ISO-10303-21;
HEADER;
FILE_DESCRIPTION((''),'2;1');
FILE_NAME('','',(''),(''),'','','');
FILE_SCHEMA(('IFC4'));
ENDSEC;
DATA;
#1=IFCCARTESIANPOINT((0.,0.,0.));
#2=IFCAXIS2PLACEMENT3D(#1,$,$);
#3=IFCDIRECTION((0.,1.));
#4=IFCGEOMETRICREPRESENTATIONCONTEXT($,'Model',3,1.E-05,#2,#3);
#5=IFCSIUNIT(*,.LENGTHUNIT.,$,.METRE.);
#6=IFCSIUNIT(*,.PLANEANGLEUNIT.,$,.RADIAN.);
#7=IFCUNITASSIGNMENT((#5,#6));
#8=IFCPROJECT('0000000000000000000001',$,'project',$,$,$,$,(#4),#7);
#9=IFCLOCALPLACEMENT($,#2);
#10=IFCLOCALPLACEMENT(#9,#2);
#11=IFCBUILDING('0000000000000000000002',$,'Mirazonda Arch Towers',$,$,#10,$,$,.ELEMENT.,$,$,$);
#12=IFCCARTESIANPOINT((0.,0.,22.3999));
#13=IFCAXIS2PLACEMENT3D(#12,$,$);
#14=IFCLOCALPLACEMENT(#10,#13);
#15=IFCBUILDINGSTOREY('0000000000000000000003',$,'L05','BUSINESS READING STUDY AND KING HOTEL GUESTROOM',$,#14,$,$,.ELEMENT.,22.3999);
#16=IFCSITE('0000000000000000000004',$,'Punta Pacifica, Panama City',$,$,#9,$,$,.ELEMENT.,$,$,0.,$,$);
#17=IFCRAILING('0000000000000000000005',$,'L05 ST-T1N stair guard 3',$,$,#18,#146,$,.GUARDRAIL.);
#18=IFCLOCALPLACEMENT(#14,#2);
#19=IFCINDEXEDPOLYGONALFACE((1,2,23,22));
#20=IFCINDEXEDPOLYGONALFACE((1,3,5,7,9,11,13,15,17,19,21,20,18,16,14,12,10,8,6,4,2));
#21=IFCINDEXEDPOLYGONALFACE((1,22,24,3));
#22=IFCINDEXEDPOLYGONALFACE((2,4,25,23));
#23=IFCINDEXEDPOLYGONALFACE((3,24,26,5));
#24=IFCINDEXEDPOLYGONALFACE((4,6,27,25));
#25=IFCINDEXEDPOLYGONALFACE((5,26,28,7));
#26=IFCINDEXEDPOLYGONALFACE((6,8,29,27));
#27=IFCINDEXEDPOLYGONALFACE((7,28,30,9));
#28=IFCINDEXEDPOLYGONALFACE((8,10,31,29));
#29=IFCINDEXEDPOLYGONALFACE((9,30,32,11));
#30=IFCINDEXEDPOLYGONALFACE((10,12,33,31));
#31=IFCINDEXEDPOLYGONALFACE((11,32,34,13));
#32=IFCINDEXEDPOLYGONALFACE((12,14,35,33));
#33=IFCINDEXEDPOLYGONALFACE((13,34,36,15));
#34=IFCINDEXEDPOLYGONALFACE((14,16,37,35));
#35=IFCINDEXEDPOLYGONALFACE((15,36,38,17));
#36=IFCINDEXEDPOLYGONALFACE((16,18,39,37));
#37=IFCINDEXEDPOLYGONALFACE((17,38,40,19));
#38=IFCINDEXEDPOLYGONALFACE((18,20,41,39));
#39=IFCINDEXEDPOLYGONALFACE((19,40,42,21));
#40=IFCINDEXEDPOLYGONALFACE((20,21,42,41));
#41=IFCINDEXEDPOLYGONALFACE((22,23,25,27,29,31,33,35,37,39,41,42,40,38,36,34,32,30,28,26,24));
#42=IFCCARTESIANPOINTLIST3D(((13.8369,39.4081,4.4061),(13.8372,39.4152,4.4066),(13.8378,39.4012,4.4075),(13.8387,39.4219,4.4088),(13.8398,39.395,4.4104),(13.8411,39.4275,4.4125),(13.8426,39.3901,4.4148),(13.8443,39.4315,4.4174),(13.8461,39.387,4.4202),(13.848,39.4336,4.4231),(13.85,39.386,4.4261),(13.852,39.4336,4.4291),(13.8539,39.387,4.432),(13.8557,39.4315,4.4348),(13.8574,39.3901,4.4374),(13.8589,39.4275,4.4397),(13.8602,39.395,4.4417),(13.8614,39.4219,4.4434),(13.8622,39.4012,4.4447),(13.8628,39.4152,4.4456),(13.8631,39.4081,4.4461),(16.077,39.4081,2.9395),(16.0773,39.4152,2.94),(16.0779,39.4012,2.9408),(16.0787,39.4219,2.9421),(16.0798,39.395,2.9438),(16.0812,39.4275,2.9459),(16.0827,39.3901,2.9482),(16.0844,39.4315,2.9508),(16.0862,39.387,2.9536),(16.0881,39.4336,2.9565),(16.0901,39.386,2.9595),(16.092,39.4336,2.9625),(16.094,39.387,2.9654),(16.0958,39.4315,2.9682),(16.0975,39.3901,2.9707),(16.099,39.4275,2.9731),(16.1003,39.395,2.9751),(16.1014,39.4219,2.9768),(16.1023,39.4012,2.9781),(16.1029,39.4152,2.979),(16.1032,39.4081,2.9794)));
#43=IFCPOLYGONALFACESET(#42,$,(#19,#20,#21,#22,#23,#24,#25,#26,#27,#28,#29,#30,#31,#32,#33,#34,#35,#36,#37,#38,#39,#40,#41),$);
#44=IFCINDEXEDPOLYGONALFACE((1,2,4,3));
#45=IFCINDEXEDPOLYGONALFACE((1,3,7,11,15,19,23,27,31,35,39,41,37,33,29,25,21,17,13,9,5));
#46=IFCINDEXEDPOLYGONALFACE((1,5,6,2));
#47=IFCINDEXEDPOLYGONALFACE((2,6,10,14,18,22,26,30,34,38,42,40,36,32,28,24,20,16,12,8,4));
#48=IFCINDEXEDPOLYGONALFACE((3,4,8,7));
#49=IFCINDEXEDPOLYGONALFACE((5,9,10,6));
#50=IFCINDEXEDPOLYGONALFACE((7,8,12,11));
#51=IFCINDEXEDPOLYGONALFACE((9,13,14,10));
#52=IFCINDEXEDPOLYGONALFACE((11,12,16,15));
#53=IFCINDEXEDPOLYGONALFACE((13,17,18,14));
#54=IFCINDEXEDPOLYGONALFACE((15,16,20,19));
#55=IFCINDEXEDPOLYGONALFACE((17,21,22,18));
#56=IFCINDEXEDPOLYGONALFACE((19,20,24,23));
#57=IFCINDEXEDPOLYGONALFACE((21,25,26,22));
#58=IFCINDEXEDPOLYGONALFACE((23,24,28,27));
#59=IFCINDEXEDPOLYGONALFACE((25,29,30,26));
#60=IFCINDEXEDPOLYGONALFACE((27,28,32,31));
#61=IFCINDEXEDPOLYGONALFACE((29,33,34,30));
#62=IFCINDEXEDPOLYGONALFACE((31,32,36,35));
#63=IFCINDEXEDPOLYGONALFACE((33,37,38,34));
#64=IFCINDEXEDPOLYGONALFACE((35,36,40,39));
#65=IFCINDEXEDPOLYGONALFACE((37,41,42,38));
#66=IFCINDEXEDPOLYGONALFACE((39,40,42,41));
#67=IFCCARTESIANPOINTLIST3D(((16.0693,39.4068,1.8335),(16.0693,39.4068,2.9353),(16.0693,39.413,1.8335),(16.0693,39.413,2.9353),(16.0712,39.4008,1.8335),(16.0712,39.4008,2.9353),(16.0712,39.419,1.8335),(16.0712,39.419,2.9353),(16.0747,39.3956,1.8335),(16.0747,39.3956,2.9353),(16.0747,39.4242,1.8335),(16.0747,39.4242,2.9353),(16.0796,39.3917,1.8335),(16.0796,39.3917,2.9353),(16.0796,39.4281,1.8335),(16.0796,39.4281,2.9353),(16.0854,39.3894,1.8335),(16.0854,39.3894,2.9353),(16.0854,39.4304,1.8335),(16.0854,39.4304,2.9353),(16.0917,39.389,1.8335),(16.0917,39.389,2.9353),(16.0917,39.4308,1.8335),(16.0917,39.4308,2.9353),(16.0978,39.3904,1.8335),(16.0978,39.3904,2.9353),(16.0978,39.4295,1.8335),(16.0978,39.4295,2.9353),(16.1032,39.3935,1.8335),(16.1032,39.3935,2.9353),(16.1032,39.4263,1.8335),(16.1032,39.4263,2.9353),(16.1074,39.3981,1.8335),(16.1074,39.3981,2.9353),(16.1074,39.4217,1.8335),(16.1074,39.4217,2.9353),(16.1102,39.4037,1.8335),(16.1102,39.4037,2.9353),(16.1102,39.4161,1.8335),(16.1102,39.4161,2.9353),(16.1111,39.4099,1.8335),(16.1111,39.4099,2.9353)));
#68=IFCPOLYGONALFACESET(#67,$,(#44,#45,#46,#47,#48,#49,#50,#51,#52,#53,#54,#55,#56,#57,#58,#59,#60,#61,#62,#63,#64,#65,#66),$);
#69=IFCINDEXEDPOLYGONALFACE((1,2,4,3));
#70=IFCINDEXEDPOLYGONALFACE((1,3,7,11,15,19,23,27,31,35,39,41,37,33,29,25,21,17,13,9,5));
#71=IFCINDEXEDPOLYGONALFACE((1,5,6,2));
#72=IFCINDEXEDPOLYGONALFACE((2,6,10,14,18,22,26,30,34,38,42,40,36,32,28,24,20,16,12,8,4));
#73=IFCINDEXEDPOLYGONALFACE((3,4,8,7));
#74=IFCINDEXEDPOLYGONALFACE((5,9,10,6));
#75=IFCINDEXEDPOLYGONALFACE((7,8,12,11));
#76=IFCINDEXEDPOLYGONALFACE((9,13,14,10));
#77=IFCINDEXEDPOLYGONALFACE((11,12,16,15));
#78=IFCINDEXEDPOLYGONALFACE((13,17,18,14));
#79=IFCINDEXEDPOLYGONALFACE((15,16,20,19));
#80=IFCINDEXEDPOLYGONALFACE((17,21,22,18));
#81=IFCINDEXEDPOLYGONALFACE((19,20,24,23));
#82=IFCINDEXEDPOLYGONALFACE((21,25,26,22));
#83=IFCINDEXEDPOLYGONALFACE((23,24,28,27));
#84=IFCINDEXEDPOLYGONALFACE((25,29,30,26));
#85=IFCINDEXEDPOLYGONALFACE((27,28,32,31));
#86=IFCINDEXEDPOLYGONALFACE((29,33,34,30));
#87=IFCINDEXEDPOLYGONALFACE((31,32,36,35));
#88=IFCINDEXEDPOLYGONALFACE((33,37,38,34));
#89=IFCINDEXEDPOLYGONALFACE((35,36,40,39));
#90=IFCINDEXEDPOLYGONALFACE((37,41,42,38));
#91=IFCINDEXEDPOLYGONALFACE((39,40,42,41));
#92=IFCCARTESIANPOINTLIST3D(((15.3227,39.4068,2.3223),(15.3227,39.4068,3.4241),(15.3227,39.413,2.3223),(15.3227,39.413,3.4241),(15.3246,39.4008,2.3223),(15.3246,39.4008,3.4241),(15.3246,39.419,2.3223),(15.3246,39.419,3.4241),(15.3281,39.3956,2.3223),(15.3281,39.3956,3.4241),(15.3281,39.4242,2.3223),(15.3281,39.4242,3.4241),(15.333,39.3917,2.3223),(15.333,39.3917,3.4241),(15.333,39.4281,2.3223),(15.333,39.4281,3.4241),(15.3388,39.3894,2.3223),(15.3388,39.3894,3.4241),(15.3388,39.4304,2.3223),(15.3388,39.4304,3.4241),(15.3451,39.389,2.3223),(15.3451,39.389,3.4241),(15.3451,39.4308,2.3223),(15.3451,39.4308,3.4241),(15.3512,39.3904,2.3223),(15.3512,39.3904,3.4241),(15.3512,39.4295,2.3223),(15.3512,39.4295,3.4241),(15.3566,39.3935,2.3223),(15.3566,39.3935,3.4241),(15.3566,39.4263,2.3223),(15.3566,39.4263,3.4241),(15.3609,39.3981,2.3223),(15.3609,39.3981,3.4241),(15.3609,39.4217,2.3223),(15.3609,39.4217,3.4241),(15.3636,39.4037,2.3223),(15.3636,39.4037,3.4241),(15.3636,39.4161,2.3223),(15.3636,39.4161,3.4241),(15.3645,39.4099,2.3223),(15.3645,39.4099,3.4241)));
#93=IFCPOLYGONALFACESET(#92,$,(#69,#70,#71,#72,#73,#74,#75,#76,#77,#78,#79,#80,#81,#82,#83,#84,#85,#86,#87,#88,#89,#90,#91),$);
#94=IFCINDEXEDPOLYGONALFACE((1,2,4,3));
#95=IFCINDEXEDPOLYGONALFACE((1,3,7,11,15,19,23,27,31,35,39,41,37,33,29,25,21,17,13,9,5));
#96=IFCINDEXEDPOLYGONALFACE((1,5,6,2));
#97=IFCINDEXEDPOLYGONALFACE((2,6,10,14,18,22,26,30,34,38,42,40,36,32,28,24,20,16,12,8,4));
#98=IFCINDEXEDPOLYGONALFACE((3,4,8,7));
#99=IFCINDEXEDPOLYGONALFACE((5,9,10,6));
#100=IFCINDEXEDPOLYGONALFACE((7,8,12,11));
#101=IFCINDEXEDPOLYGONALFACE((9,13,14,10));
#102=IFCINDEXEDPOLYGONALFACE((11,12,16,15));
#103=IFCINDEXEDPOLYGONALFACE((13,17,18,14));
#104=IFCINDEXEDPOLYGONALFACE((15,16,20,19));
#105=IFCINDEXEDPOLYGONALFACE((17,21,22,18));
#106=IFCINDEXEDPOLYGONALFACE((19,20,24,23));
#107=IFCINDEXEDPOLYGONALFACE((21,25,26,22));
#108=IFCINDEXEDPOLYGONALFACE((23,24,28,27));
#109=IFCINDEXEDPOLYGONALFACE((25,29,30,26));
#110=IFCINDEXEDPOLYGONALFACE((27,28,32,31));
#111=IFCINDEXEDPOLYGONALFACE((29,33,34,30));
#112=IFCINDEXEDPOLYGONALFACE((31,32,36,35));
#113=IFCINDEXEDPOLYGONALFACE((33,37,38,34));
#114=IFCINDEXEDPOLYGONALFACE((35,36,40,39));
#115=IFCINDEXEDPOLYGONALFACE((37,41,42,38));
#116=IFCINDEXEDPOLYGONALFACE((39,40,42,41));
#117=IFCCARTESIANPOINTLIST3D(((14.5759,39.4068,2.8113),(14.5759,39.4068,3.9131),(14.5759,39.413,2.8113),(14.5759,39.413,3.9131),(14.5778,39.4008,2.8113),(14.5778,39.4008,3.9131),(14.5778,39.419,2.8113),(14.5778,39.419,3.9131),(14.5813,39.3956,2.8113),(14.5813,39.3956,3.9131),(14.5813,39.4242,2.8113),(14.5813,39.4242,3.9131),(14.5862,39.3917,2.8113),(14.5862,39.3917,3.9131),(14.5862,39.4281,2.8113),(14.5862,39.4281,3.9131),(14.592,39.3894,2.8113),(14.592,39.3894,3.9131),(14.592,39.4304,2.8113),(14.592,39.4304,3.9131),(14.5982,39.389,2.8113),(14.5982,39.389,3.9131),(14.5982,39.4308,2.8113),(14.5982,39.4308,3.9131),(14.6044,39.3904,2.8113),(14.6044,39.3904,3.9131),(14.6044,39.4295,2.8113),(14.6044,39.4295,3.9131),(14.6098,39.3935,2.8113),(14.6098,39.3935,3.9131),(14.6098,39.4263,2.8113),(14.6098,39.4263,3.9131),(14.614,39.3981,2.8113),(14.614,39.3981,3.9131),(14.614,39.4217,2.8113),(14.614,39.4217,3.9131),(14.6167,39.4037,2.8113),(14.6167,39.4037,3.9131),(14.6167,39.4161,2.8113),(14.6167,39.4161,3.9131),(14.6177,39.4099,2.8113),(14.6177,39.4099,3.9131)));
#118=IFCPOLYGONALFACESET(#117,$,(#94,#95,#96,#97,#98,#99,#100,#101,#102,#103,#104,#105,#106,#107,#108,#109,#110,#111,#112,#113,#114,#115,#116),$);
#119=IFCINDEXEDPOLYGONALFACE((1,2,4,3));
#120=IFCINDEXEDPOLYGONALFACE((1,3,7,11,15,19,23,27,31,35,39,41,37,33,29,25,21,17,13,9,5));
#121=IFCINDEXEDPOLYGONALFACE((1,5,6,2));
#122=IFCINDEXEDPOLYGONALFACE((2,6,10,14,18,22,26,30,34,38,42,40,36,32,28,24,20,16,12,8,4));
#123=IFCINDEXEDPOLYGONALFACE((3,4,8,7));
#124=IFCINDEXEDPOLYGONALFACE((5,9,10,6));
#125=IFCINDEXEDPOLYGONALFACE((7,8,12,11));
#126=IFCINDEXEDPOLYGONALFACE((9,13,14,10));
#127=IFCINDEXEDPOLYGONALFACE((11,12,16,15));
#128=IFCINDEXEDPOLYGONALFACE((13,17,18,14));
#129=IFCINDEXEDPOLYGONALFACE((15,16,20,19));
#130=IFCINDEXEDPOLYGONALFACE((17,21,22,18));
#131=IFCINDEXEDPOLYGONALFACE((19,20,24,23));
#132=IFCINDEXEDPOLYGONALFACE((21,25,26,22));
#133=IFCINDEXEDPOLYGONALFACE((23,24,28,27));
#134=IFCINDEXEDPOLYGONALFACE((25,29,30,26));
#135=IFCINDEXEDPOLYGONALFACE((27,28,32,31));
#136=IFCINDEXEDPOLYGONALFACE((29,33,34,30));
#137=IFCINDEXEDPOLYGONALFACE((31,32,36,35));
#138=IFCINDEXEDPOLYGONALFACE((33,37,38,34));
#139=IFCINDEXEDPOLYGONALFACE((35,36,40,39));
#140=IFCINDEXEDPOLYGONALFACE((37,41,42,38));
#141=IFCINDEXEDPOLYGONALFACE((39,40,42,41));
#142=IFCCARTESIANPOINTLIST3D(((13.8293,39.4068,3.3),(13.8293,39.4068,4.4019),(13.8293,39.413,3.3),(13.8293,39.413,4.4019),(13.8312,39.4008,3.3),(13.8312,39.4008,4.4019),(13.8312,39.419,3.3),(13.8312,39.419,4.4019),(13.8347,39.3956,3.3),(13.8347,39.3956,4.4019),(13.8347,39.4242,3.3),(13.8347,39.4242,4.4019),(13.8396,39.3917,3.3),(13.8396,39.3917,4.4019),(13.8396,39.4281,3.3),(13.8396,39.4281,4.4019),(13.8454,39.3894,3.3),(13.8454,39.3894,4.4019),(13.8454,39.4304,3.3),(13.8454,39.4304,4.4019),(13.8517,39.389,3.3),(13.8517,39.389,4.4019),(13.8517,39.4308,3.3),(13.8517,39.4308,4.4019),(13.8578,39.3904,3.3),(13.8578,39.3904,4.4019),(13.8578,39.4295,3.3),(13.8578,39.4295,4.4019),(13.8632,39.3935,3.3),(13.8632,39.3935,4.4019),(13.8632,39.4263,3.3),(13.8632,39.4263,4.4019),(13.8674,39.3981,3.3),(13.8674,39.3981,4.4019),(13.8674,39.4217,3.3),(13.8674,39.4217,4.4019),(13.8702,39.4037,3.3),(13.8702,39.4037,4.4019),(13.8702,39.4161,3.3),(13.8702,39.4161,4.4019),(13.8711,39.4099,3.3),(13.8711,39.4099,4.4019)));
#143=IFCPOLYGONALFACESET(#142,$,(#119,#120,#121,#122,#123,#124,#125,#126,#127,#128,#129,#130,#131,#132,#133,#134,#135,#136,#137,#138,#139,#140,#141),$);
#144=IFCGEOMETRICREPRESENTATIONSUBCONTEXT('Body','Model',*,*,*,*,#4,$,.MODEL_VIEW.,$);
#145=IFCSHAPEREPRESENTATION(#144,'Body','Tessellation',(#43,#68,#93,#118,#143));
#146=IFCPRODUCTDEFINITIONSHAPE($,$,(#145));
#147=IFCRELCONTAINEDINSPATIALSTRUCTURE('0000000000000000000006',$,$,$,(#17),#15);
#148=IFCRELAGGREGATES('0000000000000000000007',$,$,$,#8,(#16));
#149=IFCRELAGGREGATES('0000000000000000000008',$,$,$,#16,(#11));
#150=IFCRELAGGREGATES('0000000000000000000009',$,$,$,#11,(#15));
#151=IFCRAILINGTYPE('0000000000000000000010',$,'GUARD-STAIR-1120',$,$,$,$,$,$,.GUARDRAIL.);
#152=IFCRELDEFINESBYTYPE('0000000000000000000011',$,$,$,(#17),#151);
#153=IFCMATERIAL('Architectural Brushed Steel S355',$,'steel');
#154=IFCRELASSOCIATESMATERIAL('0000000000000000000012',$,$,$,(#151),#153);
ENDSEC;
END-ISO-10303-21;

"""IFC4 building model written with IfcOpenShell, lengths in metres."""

from ifc_helpers import new_model, si_unit, direction, frame, origin, origin_2d, place, context, subcontext, project, spatial, circle, extrude, material, type_object, element, save


model = new_model("IFC4")

# Units and contexts
model_context = context("Model", 3, precision=1e-05, world=origin(), true_north=direction((0.0, 1.0)))
body_context = subcontext(model_context, "Body", "Model", "MODEL_VIEW")
ifc_project = project(units=[si_unit("LENGTHUNIT", "METRE"), si_unit("PLANEANGLEUNIT", "RADIAN")], contexts=[model_context])

# Site, building, storey
site_placement = place(None, origin())
site = spatial("IfcSite", under=ifc_project, at=site_placement, Name="Punta Pacifica, Panama City", CompositionType="ELEMENT", RefElevation=0.0)
building_placement = place(site_placement, origin())
building = spatial("IfcBuilding", under=site, at=building_placement, Name="Mirazonda Arch Towers", CompositionType="ELEMENT")
storey_placement = place(building_placement, frame((0.0, 0.0, 22.3999)))
storey = spatial("IfcBuildingStorey", under=building, at=storey_placement, Name="L05", Description="BUSINESS READING STUDY AND KING HOTEL GUESTROOM", CompositionType="ELEMENT", Elevation=22.3999)

# Shared definitions
ifc_material_1 = material(Name="Architectural Brushed Steel S355", Category="steel")

# Railing
railing_type_1 = type_object("IfcRailingType", Name="GUARD-STAIR-1120", PredefinedType="GUARDRAIL", material=ifc_material_1)
railing_1_placement = place(storey_placement, frame((16.0901, 39.4099, 1.8335)))
element("IfcRailing", 1, at=railing_1_placement, inside=storey, type_object=railing_type_1, Name="L05 ST-T1N stair guard 3", PredefinedType="GUARDRAIL", context=body_context, shape_type="SweptSolid", body=[
    extrude(circle(Radius=0.0239, at=origin_2d()), frame((0.0, 0.0, 1.126), z_axis=(-0.836637, 0.0, 0.547758), x_axis=(0.0, -1.0, 0.0)), (0.0, 0.0, 1.0), 2.6775),
    extrude(circle(Radius=0.021, at=origin_2d()), origin(), (0.0, 0.0, 1.0), 1.1018),
    extrude(circle(Radius=0.021, at=origin_2d()), frame((-0.7466, 0.0, 0.4888)), (0.0, 0.0, 1.0), 1.1018),
    extrude(circle(Radius=0.021, at=origin_2d()), frame((-1.4934, 0.0, 0.9778)), (0.0, 0.0, 1.0), 1.1018),
    extrude(circle(Radius=0.021, at=origin_2d()), frame((-2.24, 0.0, 1.4666)), (0.0, 0.0, 1.0), 1.1018),
])

save(model, "model.ifc")
